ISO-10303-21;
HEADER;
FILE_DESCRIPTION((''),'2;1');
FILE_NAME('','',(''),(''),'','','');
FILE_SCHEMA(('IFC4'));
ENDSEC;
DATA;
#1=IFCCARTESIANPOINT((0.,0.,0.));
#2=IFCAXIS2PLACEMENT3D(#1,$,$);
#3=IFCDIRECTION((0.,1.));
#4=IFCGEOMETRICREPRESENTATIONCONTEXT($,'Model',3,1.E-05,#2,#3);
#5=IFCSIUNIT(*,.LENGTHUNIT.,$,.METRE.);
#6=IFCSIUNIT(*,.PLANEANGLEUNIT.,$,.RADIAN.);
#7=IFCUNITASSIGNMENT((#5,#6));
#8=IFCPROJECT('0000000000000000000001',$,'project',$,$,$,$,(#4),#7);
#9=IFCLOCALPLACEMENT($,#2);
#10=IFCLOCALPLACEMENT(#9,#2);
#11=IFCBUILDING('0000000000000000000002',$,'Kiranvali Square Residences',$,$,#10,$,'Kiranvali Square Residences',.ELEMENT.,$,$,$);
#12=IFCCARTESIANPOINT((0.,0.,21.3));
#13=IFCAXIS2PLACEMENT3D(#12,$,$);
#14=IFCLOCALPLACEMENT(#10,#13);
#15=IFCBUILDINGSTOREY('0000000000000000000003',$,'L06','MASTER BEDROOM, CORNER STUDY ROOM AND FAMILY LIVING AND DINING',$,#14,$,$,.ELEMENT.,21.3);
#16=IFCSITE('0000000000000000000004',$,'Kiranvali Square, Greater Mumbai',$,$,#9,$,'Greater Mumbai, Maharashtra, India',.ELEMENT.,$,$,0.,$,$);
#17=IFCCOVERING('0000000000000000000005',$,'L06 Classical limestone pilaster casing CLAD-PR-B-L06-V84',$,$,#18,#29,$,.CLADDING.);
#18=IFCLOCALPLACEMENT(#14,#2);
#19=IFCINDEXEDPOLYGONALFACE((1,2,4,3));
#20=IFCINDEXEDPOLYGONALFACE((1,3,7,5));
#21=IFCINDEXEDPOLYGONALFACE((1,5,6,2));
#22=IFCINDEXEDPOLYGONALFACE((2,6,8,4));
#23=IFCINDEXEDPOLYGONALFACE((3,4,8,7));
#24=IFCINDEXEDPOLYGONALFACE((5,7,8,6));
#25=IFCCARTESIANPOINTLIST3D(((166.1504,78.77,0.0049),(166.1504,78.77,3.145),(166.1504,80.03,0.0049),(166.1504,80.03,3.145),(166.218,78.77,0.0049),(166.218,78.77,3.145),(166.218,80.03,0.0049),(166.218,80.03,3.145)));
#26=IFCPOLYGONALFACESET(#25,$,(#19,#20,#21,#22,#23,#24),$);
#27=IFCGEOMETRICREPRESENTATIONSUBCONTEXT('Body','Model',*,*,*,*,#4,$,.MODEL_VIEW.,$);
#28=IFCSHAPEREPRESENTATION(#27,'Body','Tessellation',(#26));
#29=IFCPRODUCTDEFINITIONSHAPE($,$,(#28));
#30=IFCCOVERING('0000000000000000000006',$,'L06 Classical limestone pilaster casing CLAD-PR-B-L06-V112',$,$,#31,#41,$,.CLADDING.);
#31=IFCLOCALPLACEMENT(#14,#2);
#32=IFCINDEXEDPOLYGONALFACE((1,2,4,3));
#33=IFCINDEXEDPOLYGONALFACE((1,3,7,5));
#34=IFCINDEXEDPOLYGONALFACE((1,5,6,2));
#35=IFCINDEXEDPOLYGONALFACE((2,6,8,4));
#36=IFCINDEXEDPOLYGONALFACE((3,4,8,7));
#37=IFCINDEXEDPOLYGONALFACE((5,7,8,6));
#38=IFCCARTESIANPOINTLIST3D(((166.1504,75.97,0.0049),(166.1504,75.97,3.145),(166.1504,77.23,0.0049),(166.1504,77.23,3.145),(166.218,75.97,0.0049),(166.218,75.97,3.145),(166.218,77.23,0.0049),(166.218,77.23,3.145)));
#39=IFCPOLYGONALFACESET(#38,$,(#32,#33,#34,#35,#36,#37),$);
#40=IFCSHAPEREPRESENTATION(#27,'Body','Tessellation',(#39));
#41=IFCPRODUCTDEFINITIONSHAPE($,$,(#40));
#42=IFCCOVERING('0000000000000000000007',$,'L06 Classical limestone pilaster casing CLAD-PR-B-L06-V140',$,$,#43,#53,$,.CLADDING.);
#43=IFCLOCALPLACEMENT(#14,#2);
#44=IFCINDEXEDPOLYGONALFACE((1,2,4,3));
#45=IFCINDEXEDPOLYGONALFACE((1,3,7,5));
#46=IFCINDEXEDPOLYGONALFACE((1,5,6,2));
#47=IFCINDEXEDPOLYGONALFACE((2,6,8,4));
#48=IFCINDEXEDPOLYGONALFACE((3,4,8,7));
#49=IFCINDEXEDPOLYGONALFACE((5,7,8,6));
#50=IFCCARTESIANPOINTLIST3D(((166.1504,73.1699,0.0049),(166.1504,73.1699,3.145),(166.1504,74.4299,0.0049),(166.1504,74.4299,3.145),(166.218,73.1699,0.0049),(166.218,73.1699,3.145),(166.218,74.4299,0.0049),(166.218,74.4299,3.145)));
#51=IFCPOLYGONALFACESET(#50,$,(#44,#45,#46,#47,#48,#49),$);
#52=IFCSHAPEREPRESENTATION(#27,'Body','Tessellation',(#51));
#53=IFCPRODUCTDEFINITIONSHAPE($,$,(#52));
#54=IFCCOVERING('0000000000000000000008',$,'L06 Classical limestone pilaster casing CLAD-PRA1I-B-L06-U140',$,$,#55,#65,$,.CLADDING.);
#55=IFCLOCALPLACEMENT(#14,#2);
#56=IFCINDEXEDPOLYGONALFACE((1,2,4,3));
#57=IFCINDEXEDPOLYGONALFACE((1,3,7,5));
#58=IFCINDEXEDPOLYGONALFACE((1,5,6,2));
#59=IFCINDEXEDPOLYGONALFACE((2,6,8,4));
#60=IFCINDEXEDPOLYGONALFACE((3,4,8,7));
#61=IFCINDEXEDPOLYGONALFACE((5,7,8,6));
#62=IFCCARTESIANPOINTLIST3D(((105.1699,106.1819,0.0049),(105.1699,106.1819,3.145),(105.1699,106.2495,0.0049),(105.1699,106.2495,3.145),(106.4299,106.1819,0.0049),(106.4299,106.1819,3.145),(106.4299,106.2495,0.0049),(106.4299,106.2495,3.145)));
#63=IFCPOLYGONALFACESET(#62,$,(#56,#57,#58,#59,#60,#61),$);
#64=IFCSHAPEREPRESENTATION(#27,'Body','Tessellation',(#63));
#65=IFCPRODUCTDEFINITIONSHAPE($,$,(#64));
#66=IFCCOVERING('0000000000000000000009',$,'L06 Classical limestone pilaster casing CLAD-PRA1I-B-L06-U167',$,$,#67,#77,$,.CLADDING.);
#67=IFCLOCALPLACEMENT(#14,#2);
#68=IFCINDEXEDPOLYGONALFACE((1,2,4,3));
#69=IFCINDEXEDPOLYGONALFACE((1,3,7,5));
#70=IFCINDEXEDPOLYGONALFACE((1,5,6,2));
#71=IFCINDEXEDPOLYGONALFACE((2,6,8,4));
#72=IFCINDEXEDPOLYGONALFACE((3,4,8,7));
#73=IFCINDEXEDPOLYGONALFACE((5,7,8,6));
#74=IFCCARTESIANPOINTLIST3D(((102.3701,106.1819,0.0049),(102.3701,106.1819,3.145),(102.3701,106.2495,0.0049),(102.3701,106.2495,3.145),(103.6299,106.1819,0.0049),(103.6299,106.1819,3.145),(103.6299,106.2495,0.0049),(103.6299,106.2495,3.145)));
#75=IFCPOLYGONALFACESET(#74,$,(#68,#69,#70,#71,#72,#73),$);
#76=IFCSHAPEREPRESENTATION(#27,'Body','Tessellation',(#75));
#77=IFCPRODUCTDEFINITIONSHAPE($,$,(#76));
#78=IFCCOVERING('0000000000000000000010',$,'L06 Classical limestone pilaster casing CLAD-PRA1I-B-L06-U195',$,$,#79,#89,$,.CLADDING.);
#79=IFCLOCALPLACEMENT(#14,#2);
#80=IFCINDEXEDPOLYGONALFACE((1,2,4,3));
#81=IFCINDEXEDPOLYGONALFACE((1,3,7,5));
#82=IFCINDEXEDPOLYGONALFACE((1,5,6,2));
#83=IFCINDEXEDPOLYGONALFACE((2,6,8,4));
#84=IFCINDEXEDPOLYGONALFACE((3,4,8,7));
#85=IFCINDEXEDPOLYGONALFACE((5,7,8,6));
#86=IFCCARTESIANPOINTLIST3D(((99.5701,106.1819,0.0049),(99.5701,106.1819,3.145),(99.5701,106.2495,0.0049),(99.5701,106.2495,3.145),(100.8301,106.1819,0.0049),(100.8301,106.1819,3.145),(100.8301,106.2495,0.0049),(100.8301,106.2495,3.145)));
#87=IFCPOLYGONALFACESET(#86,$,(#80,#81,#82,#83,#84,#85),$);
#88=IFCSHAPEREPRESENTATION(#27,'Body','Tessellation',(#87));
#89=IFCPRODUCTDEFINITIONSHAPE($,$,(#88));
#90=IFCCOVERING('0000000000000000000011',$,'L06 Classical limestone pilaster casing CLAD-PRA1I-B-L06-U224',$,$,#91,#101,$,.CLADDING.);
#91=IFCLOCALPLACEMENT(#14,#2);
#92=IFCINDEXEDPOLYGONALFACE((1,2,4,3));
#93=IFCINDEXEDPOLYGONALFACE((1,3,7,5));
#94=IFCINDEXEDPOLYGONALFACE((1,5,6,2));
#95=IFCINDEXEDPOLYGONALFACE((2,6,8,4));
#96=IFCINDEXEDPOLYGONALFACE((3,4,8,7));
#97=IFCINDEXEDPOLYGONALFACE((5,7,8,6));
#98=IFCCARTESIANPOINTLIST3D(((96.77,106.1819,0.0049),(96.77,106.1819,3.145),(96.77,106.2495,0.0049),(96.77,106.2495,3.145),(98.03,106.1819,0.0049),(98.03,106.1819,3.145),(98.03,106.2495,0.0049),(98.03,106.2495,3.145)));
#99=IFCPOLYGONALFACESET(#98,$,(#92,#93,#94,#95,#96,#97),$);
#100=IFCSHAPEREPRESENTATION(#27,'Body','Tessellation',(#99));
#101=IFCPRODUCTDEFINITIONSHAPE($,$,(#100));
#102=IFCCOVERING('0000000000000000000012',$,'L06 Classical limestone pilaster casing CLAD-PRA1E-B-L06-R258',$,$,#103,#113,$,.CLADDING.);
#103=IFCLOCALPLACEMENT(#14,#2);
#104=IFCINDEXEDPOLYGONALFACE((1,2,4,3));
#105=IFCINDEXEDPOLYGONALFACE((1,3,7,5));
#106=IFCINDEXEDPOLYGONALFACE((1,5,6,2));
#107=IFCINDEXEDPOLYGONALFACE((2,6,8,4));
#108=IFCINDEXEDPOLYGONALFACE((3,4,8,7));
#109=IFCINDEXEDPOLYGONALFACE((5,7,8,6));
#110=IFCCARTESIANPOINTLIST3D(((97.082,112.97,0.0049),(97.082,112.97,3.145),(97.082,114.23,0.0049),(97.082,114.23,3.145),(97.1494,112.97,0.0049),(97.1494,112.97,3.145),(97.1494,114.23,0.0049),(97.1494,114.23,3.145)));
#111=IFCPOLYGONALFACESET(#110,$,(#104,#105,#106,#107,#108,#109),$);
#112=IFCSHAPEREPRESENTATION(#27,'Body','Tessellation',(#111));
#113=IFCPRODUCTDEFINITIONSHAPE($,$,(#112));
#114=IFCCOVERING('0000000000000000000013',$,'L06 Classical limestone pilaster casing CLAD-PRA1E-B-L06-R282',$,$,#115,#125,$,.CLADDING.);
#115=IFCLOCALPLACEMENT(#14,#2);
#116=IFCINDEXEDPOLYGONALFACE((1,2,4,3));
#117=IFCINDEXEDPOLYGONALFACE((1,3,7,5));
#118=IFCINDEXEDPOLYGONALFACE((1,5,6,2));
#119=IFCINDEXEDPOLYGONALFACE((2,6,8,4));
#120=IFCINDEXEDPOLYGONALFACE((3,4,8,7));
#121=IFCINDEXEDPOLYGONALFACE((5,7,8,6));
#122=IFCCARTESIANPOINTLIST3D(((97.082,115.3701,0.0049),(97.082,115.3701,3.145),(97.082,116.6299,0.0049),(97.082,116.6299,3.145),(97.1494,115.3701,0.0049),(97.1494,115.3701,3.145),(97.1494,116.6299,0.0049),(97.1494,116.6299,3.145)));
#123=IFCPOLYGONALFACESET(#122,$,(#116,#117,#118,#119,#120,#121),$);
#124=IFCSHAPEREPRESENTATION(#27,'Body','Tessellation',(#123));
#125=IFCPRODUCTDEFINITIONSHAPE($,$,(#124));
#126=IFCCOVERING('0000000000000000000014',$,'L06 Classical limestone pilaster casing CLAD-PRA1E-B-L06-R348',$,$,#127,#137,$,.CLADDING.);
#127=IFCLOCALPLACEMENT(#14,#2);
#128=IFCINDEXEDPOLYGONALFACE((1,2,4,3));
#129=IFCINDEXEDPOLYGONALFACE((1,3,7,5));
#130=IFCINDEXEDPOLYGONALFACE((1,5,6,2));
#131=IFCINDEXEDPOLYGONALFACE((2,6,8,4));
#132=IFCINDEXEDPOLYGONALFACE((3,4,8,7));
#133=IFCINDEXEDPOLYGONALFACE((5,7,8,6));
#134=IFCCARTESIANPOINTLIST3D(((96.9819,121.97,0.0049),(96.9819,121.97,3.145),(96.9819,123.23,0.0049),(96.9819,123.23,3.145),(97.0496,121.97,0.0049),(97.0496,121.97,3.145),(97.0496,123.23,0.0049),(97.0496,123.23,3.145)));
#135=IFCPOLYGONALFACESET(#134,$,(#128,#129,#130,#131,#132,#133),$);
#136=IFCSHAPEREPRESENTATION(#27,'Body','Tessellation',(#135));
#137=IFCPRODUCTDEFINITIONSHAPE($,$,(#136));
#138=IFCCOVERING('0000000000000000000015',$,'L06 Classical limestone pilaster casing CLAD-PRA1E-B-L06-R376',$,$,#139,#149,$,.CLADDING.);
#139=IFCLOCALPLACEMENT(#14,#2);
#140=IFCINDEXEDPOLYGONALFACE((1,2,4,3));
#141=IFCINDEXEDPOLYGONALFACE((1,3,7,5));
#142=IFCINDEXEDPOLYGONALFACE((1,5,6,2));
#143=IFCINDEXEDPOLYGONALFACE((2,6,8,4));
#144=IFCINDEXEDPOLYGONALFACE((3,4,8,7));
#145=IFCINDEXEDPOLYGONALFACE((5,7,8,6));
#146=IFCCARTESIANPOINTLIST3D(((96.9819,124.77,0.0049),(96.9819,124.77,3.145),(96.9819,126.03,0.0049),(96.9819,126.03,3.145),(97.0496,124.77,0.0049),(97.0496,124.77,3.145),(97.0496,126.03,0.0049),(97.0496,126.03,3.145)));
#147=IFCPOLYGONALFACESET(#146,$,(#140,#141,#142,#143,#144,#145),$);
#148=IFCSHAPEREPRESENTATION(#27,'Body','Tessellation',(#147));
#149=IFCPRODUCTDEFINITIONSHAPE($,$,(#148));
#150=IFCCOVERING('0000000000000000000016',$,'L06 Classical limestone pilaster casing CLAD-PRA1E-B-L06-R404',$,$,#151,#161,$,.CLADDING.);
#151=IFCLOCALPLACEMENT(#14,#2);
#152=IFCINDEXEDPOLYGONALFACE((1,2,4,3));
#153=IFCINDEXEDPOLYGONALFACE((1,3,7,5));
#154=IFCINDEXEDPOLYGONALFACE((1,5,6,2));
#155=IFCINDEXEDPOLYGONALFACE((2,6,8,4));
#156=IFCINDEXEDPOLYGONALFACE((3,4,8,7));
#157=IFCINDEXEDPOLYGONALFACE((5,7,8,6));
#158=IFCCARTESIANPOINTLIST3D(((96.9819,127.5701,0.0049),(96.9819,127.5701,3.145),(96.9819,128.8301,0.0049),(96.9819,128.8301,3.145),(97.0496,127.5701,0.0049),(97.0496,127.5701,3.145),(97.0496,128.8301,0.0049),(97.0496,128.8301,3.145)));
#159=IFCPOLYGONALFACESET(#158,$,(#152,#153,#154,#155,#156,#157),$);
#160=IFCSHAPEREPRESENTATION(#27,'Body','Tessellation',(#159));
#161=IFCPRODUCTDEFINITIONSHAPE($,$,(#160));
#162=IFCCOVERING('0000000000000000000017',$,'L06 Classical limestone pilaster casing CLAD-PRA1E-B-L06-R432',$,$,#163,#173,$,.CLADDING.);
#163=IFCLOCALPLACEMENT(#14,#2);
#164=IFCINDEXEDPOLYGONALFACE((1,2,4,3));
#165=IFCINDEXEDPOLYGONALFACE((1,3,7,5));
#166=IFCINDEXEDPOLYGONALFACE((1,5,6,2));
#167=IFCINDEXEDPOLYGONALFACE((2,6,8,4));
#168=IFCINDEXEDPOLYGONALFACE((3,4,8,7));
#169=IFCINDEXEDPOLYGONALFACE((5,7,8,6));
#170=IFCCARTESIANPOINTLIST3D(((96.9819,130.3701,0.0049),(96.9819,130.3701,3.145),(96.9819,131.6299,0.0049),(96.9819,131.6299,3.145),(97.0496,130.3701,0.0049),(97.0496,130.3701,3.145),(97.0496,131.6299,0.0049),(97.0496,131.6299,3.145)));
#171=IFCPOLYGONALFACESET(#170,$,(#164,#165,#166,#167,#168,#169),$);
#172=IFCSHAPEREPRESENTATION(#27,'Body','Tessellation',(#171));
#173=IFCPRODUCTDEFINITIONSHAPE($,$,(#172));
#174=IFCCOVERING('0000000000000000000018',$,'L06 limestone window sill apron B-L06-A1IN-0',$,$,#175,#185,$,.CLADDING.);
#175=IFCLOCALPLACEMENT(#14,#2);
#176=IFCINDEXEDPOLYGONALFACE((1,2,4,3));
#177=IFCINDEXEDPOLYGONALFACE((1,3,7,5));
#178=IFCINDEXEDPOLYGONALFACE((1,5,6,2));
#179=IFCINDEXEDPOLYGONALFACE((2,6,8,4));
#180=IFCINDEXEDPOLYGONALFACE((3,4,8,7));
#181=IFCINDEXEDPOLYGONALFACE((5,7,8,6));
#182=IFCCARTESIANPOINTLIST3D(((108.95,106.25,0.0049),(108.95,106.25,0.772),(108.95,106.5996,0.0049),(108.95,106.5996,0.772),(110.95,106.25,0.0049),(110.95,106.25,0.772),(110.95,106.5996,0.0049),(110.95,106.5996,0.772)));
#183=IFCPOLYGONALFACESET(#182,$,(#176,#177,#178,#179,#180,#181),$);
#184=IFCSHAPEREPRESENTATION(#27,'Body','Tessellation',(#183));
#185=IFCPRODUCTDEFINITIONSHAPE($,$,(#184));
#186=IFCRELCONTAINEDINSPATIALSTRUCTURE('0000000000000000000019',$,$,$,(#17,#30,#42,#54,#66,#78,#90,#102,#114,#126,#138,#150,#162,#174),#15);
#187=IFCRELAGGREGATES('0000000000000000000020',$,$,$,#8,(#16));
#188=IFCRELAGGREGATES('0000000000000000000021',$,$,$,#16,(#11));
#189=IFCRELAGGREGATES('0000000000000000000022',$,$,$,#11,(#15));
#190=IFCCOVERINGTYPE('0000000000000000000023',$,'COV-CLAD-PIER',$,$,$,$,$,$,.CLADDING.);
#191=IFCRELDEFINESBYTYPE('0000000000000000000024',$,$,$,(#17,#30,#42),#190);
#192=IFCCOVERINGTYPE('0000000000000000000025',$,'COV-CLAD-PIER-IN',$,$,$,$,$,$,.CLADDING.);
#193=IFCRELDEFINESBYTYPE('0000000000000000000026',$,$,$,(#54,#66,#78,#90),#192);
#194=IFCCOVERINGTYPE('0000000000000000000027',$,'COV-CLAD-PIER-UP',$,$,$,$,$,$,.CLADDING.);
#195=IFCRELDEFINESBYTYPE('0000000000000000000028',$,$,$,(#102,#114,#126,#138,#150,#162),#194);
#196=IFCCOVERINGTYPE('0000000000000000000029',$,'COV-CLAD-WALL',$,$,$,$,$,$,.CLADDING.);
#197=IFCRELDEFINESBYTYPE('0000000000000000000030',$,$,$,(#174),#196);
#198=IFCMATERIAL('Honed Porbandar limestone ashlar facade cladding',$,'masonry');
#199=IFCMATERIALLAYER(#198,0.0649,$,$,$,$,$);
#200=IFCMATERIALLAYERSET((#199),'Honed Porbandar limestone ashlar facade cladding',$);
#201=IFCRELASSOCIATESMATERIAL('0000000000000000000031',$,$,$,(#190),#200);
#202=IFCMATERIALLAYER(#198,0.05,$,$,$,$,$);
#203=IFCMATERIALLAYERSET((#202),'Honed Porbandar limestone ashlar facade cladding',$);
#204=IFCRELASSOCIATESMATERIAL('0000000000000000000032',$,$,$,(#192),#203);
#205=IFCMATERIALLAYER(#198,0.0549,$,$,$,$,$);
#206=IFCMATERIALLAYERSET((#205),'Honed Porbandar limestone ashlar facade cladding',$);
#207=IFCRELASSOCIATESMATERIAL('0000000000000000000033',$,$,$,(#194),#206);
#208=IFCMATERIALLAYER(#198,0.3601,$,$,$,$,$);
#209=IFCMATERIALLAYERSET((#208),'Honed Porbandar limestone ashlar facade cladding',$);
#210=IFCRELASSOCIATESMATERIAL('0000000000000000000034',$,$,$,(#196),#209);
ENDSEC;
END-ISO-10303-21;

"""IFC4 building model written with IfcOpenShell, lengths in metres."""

from ifc_helpers import new_model, si_unit, direction, frame, origin, place, context, subcontext, project, spatial, polyline, outline, extrude, material, layer, layer_set, type_object, element, save


model = new_model("IFC4")

# Units and contexts
model_context = context("Model", 3, precision=1e-05, world=origin(), true_north=direction((0.0, 1.0)))
body_context = subcontext(model_context, "Body", "Model", "MODEL_VIEW")
ifc_project = project(units=[si_unit("LENGTHUNIT", "METRE"), si_unit("PLANEANGLEUNIT", "RADIAN")], contexts=[model_context])

# Site, building, storey
site_placement = place(None, origin())
site = spatial("IfcSite", under=ifc_project, at=site_placement, Name="Kiranvali Square, Greater Mumbai", LongName="Greater Mumbai, Maharashtra, India", CompositionType="ELEMENT", RefElevation=0.0)
building_placement = place(site_placement, origin())
building = spatial("IfcBuilding", under=site, at=building_placement, Name="Kiranvali Square Residences", LongName="Kiranvali Square Residences", CompositionType="ELEMENT")
storey_placement = place(building_placement, frame((0.0, 0.0, 21.3)))
storey = spatial("IfcBuildingStorey", under=building, at=storey_placement, Name="L06", Description="MASTER BEDROOM, CORNER STUDY ROOM AND FAMILY LIVING AND DINING", CompositionType="ELEMENT", Elevation=21.3)

# Coverings
ifc_material_1 = material(Name="Honed Porbandar limestone ashlar facade cladding", Category="masonry")
ifc_layer_1 = layer(ifc_material_1, 0.0649)
ifc_layer_set_1 = layer_set([ifc_layer_1], Name="Honed Porbandar limestone ashlar facade cladding")
covering_type_1 = type_object("IfcCoveringType", Name="COV-CLAD-PIER", PredefinedType="CLADDING", material=ifc_layer_set_1)
covering_1_placement = place(storey_placement, frame((0.0, 0.0, 0.0049)))
element("IfcCovering", 1, at=covering_1_placement, inside=storey, type_object=covering_type_1, Name="L06 Classical limestone pilaster casing CLAD-PR-B-L06-V84", PredefinedType="CLADDING", context=body_context, shape_type="SweptSolid", body=[
    extrude(outline(polyline([(166.1504, 80.03), (166.1504, 78.77), (166.218, 78.77), (166.218, 80.03), (166.1504, 80.03)])), origin(), (0.0, 0.0, 1.0), 3.1401),
])
covering_2_placement = place(storey_placement, frame((0.0, 0.0, 0.0049)))
element("IfcCovering", 2, at=covering_2_placement, inside=storey, type_object=covering_type_1, Name="L06 Classical limestone pilaster casing CLAD-PR-B-L06-V112", PredefinedType="CLADDING", context=body_context, shape_type="SweptSolid", body=[
    extrude(outline(polyline([(166.1504, 77.23), (166.1504, 75.97), (166.218, 75.97), (166.218, 77.23), (166.1504, 77.23)])), origin(), (0.0, 0.0, 1.0), 3.1401),
])
covering_3_placement = place(storey_placement, frame((0.0, 0.0, 0.0049)))
element("IfcCovering", 3, at=covering_3_placement, inside=storey, type_object=covering_type_1, Name="L06 Classical limestone pilaster casing CLAD-PR-B-L06-V140", PredefinedType="CLADDING", context=body_context, shape_type="SweptSolid", body=[
    extrude(outline(polyline([(166.1504, 74.4299), (166.1504, 73.1699), (166.218, 73.1699), (166.218, 74.4299), (166.1504, 74.4299)])), origin(), (0.0, 0.0, 1.0), 3.1401),
])
ifc_layer_2 = layer(ifc_material_1, 0.05)
ifc_layer_set_2 = layer_set([ifc_layer_2], Name="Honed Porbandar limestone ashlar facade cladding")
covering_type_2 = type_object("IfcCoveringType", Name="COV-CLAD-PIER-IN", PredefinedType="CLADDING", material=ifc_layer_set_2)
covering_4_placement = place(storey_placement, frame((0.0, 0.0, 0.0049)))
element("IfcCovering", 4, at=covering_4_placement, inside=storey, type_object=covering_type_2, Name="L06 Classical limestone pilaster casing CLAD-PRA1I-B-L06-U140", PredefinedType="CLADDING", context=body_context, shape_type="SweptSolid", body=[
    extrude(outline(polyline([(106.4299, 106.2495), (105.1699, 106.2495), (105.1699, 106.1819), (106.4299, 106.1819), (106.4299, 106.2495)])), origin(), (0.0, 0.0, 1.0), 3.1401),
])
covering_5_placement = place(storey_placement, frame((0.0, 0.0, 0.0049)))
element("IfcCovering", 5, at=covering_5_placement, inside=storey, type_object=covering_type_2, Name="L06 Classical limestone pilaster casing CLAD-PRA1I-B-L06-U167", PredefinedType="CLADDING", context=body_context, shape_type="SweptSolid", body=[
    extrude(outline(polyline([(103.6299, 106.2495), (102.3701, 106.2495), (102.3701, 106.1819), (103.6299, 106.1819), (103.6299, 106.2495)])), origin(), (0.0, 0.0, 1.0), 3.1401),
])
covering_6_placement = place(storey_placement, frame((0.0, 0.0, 0.0049)))
element("IfcCovering", 6, at=covering_6_placement, inside=storey, type_object=covering_type_2, Name="L06 Classical limestone pilaster casing CLAD-PRA1I-B-L06-U195", PredefinedType="CLADDING", context=body_context, shape_type="SweptSolid", body=[
    extrude(outline(polyline([(100.8301, 106.2495), (99.5701, 106.2495), (99.5701, 106.1819), (100.8301, 106.1819), (100.8301, 106.2495)])), origin(), (0.0, 0.0, 1.0), 3.1401),
])
covering_7_placement = place(storey_placement, frame((0.0, 0.0, 0.0049)))
element("IfcCovering", 7, at=covering_7_placement, inside=storey, type_object=covering_type_2, Name="L06 Classical limestone pilaster casing CLAD-PRA1I-B-L06-U224", PredefinedType="CLADDING", context=body_context, shape_type="SweptSolid", body=[
    extrude(outline(polyline([(98.03, 106.2495), (96.77, 106.2495), (96.77, 106.1819), (98.03, 106.1819), (98.03, 106.2495)])), origin(), (0.0, 0.0, 1.0), 3.1401),
])
ifc_layer_3 = layer(ifc_material_1, 0.0549)
ifc_layer_set_3 = layer_set([ifc_layer_3], Name="Honed Porbandar limestone ashlar facade cladding")
covering_type_3 = type_object("IfcCoveringType", Name="COV-CLAD-PIER-UP", PredefinedType="CLADDING", material=ifc_layer_set_3)
covering_8_placement = place(storey_placement, frame((0.0, 0.0, 0.0049)))
element("IfcCovering", 8, at=covering_8_placement, inside=storey, type_object=covering_type_3, Name="L06 Classical limestone pilaster casing CLAD-PRA1E-B-L06-R258", PredefinedType="CLADDING", context=body_context, shape_type="SweptSolid", body=[
    extrude(outline(polyline([(97.1494, 112.97), (97.1494, 114.23), (97.082, 114.23), (97.082, 112.97), (97.1494, 112.97)])), origin(), (0.0, 0.0, 1.0), 3.1401),
])
covering_9_placement = place(storey_placement, frame((0.0, 0.0, 0.0049)))
element("IfcCovering", 9, at=covering_9_placement, inside=storey, type_object=covering_type_3, Name="L06 Classical limestone pilaster casing CLAD-PRA1E-B-L06-R282", PredefinedType="CLADDING", context=body_context, shape_type="SweptSolid", body=[
    extrude(outline(polyline([(97.1494, 115.3701), (97.1494, 116.6299), (97.082, 116.6299), (97.082, 115.3701), (97.1494, 115.3701)])), origin(), (0.0, 0.0, 1.0), 3.1401),
])
covering_10_placement = place(storey_placement, frame((0.0, 0.0, 0.0049)))
element("IfcCovering", 10, at=covering_10_placement, inside=storey, type_object=covering_type_3, Name="L06 Classical limestone pilaster casing CLAD-PRA1E-B-L06-R348", PredefinedType="CLADDING", context=body_context, shape_type="SweptSolid", body=[
    extrude(outline(polyline([(97.0496, 121.97), (97.0496, 123.23), (96.9819, 123.23), (96.9819, 121.97), (97.0496, 121.97)])), origin(), (0.0, 0.0, 1.0), 3.1401),
])
covering_11_placement = place(storey_placement, frame((0.0, 0.0, 0.0049)))
element("IfcCovering", 11, at=covering_11_placement, inside=storey, type_object=covering_type_3, Name="L06 Classical limestone pilaster casing CLAD-PRA1E-B-L06-R376", PredefinedType="CLADDING", context=body_context, shape_type="SweptSolid", body=[
    extrude(outline(polyline([(97.0496, 124.77), (97.0496, 126.03), (96.9819, 126.03), (96.9819, 124.77), (97.0496, 124.77)])), origin(), (0.0, 0.0, 1.0), 3.1401),
])
covering_12_placement = place(storey_placement, frame((0.0, 0.0, 0.0049)))
element("IfcCovering", 12, at=covering_12_placement, inside=storey, type_object=covering_type_3, Name="L06 Classical limestone pilaster casing CLAD-PRA1E-B-L06-R404", PredefinedType="CLADDING", context=body_context, shape_type="SweptSolid", body=[
    extrude(outline(polyline([(97.0496, 127.5701), (97.0496, 128.8301), (96.9819, 128.8301), (96.9819, 127.5701), (97.0496, 127.5701)])), origin(), (0.0, 0.0, 1.0), 3.1401),
])
covering_13_placement = place(storey_placement, frame((0.0, 0.0, 0.0049)))
element("IfcCovering", 13, at=covering_13_placement, inside=storey, type_object=covering_type_3, Name="L06 Classical limestone pilaster casing CLAD-PRA1E-B-L06-R432", PredefinedType="CLADDING", context=body_context, shape_type="SweptSolid", body=[
    extrude(outline(polyline([(97.0496, 130.3701), (97.0496, 131.6299), (96.9819, 131.6299), (96.9819, 130.3701), (97.0496, 130.3701)])), origin(), (0.0, 0.0, 1.0), 3.1401),
])
ifc_layer_4 = layer(ifc_material_1, 0.3601)
ifc_layer_set_4 = layer_set([ifc_layer_4], Name="Honed Porbandar limestone ashlar facade cladding")
covering_type_4 = type_object("IfcCoveringType", Name="COV-CLAD-WALL", PredefinedType="CLADDING", material=ifc_layer_set_4)
covering_14_placement = place(storey_placement, frame((0.0, 0.0, 0.0049)))
element("IfcCovering", 14, at=covering_14_placement, inside=storey, type_object=covering_type_4, Name="L06 limestone window sill apron B-L06-A1IN-0", PredefinedType="CLADDING", context=body_context, shape_type="SweptSolid", body=[
    extrude(outline(polyline([(110.95, 106.5996), (108.95, 106.5996), (108.95, 106.25), (110.95, 106.25), (110.95, 106.5996)])), origin(), (0.0, 0.0, 1.0), 0.7671),
])

save(model, "model.ifc")
